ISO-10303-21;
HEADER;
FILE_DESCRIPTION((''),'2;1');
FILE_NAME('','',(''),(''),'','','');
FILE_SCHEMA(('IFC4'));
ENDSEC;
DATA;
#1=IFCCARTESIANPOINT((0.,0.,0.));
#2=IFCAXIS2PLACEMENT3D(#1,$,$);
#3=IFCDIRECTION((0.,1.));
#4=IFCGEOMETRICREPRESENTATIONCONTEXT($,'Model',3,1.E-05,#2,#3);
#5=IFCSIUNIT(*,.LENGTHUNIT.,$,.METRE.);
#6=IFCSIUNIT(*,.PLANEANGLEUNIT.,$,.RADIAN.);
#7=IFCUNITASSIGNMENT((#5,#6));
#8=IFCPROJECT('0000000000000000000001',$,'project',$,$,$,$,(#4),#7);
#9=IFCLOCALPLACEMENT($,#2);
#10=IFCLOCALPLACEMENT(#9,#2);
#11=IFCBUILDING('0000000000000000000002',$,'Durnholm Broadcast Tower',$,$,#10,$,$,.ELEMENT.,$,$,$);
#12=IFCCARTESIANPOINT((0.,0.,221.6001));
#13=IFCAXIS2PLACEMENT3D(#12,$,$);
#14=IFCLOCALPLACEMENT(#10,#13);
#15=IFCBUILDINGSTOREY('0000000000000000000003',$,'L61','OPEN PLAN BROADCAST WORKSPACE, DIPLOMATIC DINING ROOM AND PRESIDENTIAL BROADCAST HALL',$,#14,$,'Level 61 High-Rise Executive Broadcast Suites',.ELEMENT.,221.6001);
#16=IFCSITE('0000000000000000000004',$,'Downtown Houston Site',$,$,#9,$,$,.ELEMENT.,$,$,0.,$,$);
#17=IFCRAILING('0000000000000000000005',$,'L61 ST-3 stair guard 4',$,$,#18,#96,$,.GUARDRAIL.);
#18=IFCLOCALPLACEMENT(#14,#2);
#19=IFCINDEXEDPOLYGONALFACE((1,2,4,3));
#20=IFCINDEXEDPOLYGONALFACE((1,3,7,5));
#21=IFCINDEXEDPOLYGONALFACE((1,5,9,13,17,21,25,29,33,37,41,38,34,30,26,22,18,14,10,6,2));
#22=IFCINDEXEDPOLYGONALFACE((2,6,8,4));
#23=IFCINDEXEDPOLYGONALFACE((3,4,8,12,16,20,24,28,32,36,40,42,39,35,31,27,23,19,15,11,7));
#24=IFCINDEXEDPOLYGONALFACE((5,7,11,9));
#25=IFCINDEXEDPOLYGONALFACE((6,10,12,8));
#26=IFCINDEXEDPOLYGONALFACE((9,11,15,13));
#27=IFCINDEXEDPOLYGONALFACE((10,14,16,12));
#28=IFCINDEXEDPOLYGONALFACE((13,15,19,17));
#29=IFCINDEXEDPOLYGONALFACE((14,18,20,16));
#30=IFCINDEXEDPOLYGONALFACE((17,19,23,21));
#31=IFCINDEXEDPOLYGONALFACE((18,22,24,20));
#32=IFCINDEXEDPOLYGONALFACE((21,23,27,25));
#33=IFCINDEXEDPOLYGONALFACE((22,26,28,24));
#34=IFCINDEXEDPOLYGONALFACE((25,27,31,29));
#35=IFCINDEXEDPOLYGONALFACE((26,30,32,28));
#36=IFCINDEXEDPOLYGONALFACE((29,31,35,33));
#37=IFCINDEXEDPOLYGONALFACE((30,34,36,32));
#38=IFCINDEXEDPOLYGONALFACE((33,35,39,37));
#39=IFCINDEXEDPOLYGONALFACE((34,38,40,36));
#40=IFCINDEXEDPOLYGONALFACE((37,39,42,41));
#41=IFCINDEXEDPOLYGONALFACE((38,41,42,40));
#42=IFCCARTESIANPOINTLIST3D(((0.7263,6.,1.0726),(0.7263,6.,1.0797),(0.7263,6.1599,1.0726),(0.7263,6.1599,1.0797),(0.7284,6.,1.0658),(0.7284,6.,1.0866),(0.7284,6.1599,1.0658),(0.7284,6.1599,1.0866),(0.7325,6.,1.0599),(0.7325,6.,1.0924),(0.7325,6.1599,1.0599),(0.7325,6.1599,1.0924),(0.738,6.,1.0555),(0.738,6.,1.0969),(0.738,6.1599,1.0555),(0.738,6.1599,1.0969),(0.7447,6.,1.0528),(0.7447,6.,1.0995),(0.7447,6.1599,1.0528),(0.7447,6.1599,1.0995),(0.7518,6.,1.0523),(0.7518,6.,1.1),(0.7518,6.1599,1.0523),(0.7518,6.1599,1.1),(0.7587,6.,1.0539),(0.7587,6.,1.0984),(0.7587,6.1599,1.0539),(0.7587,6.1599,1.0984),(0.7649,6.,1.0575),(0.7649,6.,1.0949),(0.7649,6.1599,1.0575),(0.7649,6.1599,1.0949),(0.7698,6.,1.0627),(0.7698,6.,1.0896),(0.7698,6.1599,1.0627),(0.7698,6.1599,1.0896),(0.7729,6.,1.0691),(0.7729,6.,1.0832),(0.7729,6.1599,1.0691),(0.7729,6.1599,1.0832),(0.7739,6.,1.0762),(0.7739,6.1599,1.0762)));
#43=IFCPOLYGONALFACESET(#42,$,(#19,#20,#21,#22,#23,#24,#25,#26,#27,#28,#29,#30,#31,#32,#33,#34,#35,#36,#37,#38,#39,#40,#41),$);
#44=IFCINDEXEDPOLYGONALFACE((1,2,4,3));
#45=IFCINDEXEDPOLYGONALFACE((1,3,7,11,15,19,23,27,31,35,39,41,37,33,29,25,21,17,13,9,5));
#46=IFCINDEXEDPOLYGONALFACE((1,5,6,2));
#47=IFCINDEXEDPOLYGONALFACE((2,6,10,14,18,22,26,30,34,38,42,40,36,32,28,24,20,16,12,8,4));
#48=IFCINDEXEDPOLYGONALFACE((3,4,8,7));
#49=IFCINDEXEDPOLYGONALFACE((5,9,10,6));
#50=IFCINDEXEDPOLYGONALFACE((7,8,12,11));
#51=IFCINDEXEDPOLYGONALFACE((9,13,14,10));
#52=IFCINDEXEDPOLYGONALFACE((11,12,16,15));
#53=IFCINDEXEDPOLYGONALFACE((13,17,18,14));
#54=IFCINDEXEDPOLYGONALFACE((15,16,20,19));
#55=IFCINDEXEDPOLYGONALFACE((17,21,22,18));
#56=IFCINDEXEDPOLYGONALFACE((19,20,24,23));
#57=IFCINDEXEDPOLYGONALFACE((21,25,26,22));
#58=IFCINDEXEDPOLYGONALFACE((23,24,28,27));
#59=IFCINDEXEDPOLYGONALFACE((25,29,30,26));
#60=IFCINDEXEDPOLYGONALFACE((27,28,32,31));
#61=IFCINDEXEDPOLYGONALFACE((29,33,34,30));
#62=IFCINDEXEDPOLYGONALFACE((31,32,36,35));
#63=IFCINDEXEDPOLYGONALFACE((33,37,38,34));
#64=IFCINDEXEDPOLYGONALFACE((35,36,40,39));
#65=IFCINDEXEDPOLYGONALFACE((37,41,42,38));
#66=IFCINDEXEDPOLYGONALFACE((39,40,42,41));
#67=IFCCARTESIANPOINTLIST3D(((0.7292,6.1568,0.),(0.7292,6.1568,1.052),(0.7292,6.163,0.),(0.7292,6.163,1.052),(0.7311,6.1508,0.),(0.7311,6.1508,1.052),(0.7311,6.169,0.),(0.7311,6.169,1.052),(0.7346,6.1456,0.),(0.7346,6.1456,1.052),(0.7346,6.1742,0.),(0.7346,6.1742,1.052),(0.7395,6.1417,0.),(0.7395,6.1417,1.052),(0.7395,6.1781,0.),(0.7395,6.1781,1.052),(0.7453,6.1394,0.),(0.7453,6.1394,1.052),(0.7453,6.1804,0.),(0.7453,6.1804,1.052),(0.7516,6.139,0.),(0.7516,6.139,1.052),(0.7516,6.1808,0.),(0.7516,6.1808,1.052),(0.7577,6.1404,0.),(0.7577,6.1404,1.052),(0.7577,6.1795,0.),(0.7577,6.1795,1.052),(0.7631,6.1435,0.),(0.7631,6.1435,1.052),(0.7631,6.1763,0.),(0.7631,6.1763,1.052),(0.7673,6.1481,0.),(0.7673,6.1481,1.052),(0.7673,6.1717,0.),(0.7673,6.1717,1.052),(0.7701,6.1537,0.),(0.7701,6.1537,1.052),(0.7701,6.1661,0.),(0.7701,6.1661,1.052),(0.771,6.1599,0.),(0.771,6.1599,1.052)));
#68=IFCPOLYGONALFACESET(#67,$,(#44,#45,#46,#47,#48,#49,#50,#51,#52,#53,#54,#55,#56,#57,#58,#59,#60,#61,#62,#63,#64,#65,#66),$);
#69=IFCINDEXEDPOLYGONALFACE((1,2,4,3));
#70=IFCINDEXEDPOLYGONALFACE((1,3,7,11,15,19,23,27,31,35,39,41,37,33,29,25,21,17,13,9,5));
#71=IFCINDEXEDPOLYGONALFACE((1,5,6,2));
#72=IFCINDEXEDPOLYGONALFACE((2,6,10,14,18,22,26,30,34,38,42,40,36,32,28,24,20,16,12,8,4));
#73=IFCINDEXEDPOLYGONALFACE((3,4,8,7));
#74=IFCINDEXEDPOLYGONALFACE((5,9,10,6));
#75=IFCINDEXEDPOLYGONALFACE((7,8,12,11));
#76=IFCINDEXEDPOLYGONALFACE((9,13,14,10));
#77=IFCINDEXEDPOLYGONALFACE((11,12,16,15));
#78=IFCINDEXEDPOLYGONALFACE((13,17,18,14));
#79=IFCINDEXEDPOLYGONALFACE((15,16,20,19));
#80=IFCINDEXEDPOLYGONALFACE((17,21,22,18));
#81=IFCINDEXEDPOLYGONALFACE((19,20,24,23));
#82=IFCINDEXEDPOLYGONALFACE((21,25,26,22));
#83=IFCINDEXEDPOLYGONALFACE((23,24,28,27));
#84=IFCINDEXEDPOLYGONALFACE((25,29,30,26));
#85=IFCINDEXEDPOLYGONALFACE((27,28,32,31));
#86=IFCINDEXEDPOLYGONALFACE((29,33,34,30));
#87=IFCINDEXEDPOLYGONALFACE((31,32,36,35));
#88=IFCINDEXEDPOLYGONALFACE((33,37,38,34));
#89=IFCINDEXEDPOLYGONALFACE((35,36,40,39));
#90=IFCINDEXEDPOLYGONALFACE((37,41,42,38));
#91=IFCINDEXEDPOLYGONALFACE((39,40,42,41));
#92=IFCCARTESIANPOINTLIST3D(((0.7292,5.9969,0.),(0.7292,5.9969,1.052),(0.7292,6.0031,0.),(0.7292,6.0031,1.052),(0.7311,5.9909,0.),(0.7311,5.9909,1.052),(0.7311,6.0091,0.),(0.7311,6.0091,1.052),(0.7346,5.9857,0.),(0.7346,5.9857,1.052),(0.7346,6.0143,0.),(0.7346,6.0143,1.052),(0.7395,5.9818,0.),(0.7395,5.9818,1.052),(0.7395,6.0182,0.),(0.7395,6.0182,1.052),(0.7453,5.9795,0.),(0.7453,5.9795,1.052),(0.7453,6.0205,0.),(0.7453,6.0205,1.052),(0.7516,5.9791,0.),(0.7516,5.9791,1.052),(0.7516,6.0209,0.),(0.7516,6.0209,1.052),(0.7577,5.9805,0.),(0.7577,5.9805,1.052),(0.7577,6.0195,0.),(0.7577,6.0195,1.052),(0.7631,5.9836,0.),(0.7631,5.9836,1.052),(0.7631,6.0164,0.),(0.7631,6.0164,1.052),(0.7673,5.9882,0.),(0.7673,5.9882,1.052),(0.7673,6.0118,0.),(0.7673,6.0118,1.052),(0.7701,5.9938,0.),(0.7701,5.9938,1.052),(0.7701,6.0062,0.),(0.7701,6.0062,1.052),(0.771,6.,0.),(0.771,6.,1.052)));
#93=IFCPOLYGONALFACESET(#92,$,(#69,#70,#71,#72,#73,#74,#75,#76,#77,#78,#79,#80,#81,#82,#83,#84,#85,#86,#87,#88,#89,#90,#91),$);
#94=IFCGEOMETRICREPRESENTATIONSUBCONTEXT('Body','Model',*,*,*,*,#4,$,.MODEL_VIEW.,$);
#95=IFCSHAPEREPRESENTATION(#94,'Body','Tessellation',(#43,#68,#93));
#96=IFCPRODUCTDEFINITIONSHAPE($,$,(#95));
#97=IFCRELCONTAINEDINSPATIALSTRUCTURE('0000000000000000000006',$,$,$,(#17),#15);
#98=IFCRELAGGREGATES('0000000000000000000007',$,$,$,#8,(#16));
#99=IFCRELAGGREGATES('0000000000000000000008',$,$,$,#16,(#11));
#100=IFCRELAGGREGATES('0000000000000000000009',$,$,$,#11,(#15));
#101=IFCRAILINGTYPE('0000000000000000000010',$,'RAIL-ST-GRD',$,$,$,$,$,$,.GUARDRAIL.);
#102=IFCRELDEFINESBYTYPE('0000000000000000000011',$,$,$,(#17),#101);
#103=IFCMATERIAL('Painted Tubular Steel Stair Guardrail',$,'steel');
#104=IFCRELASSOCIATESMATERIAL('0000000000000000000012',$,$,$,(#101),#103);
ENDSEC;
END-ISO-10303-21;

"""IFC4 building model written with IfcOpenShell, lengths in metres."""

from ifc_helpers import new_model, si_unit, direction, frame, origin, origin_2d, place, context, subcontext, project, spatial, circle, extrude, material, type_object, element, save


model = new_model("IFC4")

# Units and contexts
model_context = context("Model", 3, precision=1e-05, world=origin(), true_north=direction((0.0, 1.0)))
body_context = subcontext(model_context, "Body", "Model", "MODEL_VIEW")
ifc_project = project(units=[si_unit("LENGTHUNIT", "METRE"), si_unit("PLANEANGLEUNIT", "RADIAN")], contexts=[model_context])

# Site, building, storey
site_placement = place(None, origin())
site = spatial("IfcSite", under=ifc_project, at=site_placement, Name="Downtown Houston Site", CompositionType="ELEMENT", RefElevation=0.0)
building_placement = place(site_placement, origin())
building = spatial("IfcBuilding", under=site, at=building_placement, Name="Durnholm Broadcast Tower", CompositionType="ELEMENT")
storey_placement = place(building_placement, frame((0.0, 0.0, 221.6001)))
storey = spatial("IfcBuildingStorey", under=building, at=storey_placement, Name="L61", Description="OPEN PLAN BROADCAST WORKSPACE, DIPLOMATIC DINING ROOM AND PRESIDENTIAL BROADCAST HALL", LongName="Level 61 High-Rise Executive Broadcast Suites", CompositionType="ELEMENT", Elevation=221.6001)

# Railing
ifc_material_1 = material(Name="Painted Tubular Steel Stair Guardrail", Category="steel")
railing_type_1 = type_object("IfcRailingType", Name="RAIL-ST-GRD", PredefinedType="GUARDRAIL", material=ifc_material_1)
railing_1_placement = place(storey_placement, frame((0.75, 6.1599, 0.0)))
element("IfcRailing", 1, at=railing_1_placement, inside=storey, type_object=railing_type_1, Name="L61 ST-3 stair guard 4", PredefinedType="GUARDRAIL", context=body_context, shape_type="SweptSolid", body=[
    extrude(circle(Radius=0.0239, at=origin_2d()), frame((0.0, 0.0, 1.0762), z_axis=(0.0, -1.0, 0.0), x_axis=(1.0, 0.0, 0.0)), (0.0, 0.0, 1.0), 0.1599),
    extrude(circle(Radius=0.021, at=origin_2d()), origin(), (0.0, 0.0, 1.0), 1.052),
    extrude(circle(Radius=0.021, at=origin_2d()), frame((0.0, -0.1599, 0.0)), (0.0, 0.0, 1.0), 1.052),
])

save(model, "model.ifc")
